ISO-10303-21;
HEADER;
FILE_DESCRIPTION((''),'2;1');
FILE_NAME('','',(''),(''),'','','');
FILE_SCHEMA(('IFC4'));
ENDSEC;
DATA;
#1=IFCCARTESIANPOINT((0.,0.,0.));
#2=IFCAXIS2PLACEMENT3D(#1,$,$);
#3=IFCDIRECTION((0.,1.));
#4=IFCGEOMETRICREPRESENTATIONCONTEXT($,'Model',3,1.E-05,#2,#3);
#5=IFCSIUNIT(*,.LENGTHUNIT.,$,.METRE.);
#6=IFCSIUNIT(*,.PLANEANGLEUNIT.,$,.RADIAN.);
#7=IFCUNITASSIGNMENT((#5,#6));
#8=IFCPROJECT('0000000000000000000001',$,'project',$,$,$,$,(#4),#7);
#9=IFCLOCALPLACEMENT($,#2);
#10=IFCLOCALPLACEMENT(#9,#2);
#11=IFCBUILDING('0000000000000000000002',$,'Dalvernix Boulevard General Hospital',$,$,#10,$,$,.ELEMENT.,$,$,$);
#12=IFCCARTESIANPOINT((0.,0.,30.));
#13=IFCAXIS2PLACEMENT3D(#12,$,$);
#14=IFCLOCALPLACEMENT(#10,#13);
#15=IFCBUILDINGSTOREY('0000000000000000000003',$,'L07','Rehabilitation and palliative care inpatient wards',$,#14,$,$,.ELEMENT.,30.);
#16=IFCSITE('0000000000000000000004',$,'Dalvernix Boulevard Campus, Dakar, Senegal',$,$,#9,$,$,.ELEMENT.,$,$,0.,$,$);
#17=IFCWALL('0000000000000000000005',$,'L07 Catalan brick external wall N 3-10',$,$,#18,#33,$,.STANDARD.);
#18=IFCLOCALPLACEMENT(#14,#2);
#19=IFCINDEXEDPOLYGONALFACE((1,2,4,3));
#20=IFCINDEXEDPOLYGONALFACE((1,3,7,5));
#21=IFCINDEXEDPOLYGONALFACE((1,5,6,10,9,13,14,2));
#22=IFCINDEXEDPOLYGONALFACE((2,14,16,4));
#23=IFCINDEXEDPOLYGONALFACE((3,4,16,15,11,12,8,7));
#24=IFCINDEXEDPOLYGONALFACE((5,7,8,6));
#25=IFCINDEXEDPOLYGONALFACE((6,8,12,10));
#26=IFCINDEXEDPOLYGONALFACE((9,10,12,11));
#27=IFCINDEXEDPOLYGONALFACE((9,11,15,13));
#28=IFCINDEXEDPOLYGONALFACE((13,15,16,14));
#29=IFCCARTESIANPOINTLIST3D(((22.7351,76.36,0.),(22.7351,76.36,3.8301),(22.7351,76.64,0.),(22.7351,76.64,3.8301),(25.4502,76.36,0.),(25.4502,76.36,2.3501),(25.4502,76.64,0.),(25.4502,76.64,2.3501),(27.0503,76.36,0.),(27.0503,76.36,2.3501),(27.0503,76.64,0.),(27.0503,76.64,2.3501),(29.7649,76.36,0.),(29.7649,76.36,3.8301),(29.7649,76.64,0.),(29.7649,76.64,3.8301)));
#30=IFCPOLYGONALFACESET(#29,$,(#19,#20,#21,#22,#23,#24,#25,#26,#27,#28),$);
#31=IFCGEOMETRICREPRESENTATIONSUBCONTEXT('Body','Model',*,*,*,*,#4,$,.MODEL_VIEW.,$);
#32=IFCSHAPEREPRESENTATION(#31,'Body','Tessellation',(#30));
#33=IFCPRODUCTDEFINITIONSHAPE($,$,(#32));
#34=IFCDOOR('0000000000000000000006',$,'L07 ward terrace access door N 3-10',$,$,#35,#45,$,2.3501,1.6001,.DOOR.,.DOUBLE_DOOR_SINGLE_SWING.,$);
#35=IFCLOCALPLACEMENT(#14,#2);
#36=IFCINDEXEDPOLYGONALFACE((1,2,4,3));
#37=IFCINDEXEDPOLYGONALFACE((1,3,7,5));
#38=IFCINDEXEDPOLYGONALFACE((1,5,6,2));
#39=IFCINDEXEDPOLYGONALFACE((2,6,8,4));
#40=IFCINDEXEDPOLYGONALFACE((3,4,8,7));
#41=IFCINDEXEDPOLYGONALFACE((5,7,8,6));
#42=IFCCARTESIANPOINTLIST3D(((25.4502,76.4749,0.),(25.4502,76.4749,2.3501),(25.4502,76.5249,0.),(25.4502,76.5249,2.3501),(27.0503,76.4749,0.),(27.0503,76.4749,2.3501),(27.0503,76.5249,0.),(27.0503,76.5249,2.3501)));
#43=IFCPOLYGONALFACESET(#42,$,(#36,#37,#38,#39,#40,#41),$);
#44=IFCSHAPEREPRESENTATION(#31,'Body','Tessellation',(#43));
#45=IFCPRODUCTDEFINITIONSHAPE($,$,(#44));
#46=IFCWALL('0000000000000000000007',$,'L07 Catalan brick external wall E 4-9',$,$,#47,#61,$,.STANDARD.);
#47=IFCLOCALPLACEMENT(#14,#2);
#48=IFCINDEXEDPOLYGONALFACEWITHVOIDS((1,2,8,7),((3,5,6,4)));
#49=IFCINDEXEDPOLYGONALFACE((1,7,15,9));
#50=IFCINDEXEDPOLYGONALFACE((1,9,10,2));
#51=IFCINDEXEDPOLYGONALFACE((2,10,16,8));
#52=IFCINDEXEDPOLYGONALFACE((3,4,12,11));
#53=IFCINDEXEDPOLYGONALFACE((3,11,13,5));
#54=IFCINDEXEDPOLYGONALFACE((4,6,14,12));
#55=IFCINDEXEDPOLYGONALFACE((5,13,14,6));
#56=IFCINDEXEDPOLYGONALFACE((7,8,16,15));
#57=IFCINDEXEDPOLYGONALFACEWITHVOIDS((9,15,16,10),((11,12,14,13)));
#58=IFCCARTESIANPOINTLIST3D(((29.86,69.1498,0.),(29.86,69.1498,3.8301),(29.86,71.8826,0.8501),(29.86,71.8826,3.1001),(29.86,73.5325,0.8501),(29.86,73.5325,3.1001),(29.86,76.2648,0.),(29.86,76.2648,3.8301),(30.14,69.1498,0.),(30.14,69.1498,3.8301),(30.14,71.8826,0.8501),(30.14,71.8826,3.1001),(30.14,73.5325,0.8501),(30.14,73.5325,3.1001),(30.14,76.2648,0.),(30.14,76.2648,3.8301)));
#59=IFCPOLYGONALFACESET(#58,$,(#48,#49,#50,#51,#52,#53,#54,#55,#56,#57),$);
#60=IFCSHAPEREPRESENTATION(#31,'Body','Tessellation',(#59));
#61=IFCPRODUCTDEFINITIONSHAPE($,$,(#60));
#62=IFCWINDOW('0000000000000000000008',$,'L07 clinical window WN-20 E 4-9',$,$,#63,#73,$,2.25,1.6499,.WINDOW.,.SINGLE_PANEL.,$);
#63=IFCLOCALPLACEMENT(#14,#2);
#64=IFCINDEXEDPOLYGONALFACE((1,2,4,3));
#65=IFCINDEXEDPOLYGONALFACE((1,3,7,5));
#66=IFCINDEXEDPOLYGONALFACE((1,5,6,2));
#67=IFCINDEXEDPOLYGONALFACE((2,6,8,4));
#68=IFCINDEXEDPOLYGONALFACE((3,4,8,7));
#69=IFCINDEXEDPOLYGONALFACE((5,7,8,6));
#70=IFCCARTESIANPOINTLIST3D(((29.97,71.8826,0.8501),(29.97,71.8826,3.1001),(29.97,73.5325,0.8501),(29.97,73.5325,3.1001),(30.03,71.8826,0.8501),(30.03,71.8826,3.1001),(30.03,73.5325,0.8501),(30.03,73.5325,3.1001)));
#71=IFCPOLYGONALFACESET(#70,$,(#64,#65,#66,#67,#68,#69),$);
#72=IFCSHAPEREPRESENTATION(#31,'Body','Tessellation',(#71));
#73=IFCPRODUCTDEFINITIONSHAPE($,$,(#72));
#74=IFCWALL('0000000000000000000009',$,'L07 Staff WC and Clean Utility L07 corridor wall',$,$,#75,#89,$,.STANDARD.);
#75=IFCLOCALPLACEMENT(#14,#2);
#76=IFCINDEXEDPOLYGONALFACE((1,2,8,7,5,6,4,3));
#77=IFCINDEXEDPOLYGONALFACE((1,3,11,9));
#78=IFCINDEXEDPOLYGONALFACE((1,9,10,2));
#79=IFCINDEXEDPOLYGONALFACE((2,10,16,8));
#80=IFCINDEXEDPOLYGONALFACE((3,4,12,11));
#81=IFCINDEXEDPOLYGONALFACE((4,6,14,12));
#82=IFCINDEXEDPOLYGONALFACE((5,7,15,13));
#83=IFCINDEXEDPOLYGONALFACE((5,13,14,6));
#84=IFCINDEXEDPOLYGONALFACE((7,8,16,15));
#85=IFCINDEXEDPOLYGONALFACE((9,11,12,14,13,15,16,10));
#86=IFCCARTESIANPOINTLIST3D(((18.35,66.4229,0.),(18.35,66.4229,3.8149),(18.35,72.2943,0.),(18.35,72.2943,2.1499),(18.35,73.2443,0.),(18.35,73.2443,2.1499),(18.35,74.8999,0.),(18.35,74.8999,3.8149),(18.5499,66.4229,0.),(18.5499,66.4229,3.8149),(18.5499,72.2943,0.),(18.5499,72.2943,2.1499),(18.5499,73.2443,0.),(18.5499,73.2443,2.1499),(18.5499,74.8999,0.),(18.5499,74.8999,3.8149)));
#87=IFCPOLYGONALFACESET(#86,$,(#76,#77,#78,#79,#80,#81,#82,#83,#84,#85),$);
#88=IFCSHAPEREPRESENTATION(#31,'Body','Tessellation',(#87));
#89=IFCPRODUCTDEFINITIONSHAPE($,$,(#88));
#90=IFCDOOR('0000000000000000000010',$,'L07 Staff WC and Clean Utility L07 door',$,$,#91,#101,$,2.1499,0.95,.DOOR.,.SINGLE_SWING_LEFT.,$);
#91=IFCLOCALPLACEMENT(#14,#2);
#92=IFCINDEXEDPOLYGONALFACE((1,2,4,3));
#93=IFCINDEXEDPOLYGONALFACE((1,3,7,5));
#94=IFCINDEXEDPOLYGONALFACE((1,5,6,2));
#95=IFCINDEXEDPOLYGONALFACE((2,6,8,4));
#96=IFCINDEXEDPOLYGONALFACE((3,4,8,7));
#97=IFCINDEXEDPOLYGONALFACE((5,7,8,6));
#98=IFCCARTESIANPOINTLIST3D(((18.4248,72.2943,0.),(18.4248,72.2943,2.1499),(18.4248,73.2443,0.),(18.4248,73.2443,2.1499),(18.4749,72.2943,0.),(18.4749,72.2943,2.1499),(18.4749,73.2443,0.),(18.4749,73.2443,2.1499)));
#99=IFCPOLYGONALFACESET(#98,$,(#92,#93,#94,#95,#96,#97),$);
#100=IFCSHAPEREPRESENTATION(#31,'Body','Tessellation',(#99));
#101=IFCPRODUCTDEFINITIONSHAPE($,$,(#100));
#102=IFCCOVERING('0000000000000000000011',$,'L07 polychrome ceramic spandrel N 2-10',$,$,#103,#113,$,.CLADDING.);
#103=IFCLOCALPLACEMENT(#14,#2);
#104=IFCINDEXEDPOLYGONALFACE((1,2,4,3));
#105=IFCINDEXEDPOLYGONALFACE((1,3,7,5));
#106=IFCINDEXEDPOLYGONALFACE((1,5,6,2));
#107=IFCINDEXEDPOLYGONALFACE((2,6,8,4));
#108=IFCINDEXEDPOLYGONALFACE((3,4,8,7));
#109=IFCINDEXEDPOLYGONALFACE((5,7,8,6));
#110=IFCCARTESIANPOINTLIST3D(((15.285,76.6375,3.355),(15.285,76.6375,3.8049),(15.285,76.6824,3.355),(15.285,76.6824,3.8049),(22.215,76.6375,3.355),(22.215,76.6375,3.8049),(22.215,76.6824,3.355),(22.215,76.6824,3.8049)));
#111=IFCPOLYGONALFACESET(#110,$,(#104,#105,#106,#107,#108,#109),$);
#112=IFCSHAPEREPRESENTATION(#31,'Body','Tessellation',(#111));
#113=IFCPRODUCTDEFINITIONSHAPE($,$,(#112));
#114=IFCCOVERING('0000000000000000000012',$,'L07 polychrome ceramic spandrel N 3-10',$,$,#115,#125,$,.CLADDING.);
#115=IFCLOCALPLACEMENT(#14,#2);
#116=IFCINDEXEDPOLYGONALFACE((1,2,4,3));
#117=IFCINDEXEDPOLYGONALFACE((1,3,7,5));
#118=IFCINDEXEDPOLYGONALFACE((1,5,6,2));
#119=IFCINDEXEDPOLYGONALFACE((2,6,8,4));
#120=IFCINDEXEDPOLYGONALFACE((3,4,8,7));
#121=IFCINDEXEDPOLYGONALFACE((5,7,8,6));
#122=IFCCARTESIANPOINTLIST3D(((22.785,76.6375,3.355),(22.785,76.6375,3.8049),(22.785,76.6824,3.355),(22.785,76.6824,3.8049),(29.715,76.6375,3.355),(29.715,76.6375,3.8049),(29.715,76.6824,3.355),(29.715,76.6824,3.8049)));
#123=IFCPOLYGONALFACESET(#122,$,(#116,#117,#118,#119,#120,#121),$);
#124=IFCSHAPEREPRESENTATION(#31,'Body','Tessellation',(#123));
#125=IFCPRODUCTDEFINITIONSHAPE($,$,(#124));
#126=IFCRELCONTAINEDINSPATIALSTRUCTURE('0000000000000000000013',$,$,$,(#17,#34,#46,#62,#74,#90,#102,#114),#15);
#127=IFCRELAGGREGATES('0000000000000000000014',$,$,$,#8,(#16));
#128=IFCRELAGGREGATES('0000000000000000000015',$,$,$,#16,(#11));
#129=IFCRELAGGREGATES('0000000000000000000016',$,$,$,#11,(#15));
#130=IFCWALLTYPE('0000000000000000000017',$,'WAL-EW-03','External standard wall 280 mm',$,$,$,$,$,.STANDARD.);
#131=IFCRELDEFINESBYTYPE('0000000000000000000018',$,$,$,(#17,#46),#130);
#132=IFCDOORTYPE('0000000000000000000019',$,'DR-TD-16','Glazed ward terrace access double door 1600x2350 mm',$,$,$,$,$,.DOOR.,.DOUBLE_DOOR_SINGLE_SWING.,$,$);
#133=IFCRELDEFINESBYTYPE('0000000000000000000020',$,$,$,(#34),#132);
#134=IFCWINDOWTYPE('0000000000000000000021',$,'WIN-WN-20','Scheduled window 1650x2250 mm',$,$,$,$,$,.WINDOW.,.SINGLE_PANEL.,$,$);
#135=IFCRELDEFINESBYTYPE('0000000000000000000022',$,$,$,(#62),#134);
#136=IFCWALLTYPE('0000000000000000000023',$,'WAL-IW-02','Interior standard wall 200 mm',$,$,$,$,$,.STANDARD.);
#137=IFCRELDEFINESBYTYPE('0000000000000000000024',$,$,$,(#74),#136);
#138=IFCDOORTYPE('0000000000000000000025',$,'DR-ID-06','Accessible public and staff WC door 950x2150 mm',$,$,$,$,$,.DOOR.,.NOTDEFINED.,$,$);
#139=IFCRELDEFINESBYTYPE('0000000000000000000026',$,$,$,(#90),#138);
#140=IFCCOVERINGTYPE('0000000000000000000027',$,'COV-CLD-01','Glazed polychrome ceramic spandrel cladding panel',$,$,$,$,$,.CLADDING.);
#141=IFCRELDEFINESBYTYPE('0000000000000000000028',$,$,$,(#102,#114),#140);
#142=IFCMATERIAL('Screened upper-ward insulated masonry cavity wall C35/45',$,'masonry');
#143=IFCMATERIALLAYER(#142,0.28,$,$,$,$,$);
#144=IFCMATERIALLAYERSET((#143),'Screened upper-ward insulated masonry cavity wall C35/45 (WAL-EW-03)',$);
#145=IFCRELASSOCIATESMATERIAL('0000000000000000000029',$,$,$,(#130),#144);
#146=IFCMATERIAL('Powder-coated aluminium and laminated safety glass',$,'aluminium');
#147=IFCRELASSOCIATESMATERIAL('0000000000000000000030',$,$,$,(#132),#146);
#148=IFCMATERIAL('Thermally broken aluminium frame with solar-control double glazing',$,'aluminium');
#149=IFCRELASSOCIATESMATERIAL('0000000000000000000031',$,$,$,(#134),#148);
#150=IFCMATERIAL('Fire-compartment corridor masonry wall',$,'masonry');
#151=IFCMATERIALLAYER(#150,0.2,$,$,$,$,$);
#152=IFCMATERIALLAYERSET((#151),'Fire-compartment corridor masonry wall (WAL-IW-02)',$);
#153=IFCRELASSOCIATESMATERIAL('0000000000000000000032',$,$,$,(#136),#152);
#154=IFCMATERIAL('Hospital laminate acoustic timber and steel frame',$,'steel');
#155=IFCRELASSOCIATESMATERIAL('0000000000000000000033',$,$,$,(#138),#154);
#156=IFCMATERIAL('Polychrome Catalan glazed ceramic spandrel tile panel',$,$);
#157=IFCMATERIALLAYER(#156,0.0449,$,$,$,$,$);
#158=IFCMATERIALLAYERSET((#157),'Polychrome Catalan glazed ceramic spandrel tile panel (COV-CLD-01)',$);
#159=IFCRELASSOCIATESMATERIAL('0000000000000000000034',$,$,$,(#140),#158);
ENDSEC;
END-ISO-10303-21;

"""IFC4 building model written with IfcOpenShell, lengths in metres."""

from ifc_helpers import new_model, si_unit, direction, frame, frame_2d, origin, origin_2d, place, context, subcontext, project, spatial, rectangle, extrude, material, layer, layer_set, type_object, element, fill, save


model = new_model("IFC4")

# Units and contexts
model_context = context("Model", 3, precision=1e-05, world=origin(), true_north=direction((0.0, 1.0)))
body_context = subcontext(model_context, "Body", "Model", "MODEL_VIEW")
ifc_project = project(units=[si_unit("LENGTHUNIT", "METRE"), si_unit("PLANEANGLEUNIT", "RADIAN")], contexts=[model_context])

# Site, building, storey
site_placement = place(None, origin())
site = spatial("IfcSite", under=ifc_project, at=site_placement, Name="Dalvernix Boulevard Campus, Dakar, Senegal", CompositionType="ELEMENT", RefElevation=0.0)
building_placement = place(site_placement, origin())
building = spatial("IfcBuilding", under=site, at=building_placement, Name="Dalvernix Boulevard General Hospital", CompositionType="ELEMENT")
storey_placement = place(building_placement, frame((0.0, 0.0, 30.0)))
storey = spatial("IfcBuildingStorey", under=building, at=storey_placement, Name="L07", Description="Rehabilitation and palliative care inpatient wards", CompositionType="ELEMENT", Elevation=30.0)

# Wall, opening, door
ifc_material_1 = material(Name="Screened upper-ward insulated masonry cavity wall C35/45", Category="masonry")
ifc_layer_1 = layer(ifc_material_1, 0.28)
ifc_layer_set_1 = layer_set([ifc_layer_1], Name="Screened upper-ward insulated masonry cavity wall C35/45 (WAL-EW-03)")
wall_type_1 = type_object("IfcWallType", Name="WAL-EW-03", Description="External standard wall 280 mm", PredefinedType="STANDARD", material=ifc_layer_set_1)
ifc_material_2 = material(Name="Powder-coated aluminium and laminated safety glass", Category="aluminium")
wall_1_placement = place(storey_placement, frame((22.7351, 76.5, 0.0), z_axis=(0.0, 0.0, 1.0), x_axis=(1.0, 0.0, 0.0)))
wall_1 = element("IfcWall", 1, at=wall_1_placement, inside=storey, type_object=wall_type_1, Name="L07 Catalan brick external wall N 3-10", PredefinedType="STANDARD", context=body_context, shape_type="SweptSolid", body=[
    extrude(rectangle(XDim=7.0298, YDim=0.28, at=frame_2d((3.5149, 0.0))), origin(), (0.0, 0.0, 1.0), 3.8301),
])
opening_1_placement = place(wall_1_placement, frame((2.7151, 0.0, 0.0)))
opening_1 = element("IfcOpeningElement", 2, at=opening_1_placement, cuts=wall_1, PredefinedType="OPENING", context=body_context, shape_type="SweptSolid", body=[
    extrude(rectangle(XDim=1.6001, YDim=2.3501, at=frame_2d((0.8, 1.175))), frame((0.0, 0.1499, 0.0), z_axis=(0.0, -1.0, 0.0), x_axis=(1.0, 0.0, 0.0)), (0.0, 0.0, 1.0), 0.3),
])
door_type_1 = type_object("IfcDoorType", Name="DR-TD-16", Description="Glazed ward terrace access double door 1600x2350 mm", OperationType="DOUBLE_DOOR_SINGLE_SWING", PredefinedType="DOOR", material=ifc_material_2)
door_1_placement = place(opening_1_placement, origin())
door_1 = element("IfcDoor", 3, at=door_1_placement, inside=storey, type_object=door_type_1, Name="L07 ward terrace access door N 3-10", OperationType="DOUBLE_DOOR_SINGLE_SWING", OverallHeight=2.3501, OverallWidth=1.6001, PredefinedType="DOOR", context=body_context, shape_type="SweptSolid", body=[
    extrude(rectangle(XDim=1.6001, YDim=2.3501, at=frame_2d((0.8, 1.175))), frame((0.0, 0.0249, 0.0), z_axis=(0.0, -1.0, 0.0), x_axis=(1.0, 0.0, 0.0)), (0.0, 0.0, 1.0), 0.05),
])
fill(opening_1, door_1)

# Wall, opening, window
wall_2_placement = place(storey_placement, frame((30.0, 76.2649, 0.0), z_axis=(0.0, 0.0, 1.0), x_axis=(0.0, -1.0, 0.0)))
wall_2 = element("IfcWall", 4, at=wall_2_placement, inside=storey, type_object=wall_type_1, Name="L07 Catalan brick external wall E 4-9", PredefinedType="STANDARD", context=body_context, shape_type="SweptSolid", body=[
    extrude(rectangle(XDim=7.115, YDim=0.28, at=frame_2d((3.5576, 0.0))), origin(), (0.0, 0.0, 1.0), 3.8301),
])
opening_2_placement = place(wall_2_placement, frame((2.7324, 0.0, 0.8501)))
opening_2 = element("IfcOpeningElement", 5, at=opening_2_placement, cuts=wall_2, PredefinedType="OPENING", context=body_context, shape_type="SweptSolid", body=[
    extrude(rectangle(XDim=1.6499, YDim=2.25, at=frame_2d((0.825, 1.125))), frame((0.0, 0.1499, 0.0), z_axis=(0.0, -1.0, 0.0), x_axis=(1.0, 0.0, 0.0)), (0.0, 0.0, 1.0), 0.3),
])
ifc_material_3 = material(Name="Thermally broken aluminium frame with solar-control double glazing", Category="aluminium")
window_type = type_object("IfcWindowType", Name="WIN-WN-20", Description="Scheduled window 1650x2250 mm", PartitioningType="SINGLE_PANEL", PredefinedType="WINDOW", material=ifc_material_3)
window_placement = place(opening_2_placement, origin())
window = element("IfcWindow", 6, at=window_placement, inside=storey, type_object=window_type, Name="L07 clinical window WN-20 E 4-9", OverallHeight=2.25, OverallWidth=1.6499, PartitioningType="SINGLE_PANEL", PredefinedType="WINDOW", context=body_context, shape_type="SweptSolid", body=[
    extrude(rectangle(XDim=1.6499, YDim=2.25, at=frame_2d((0.825, 1.125))), frame((0.0, 0.03, 0.0), z_axis=(0.0, -1.0, 0.0), x_axis=(1.0, 0.0, 0.0)), (0.0, 0.0, 1.0), 0.0601),
])
fill(opening_2, window)

# Wall, opening, door
ifc_material_4 = material(Name="Fire-compartment corridor masonry wall", Category="masonry")
ifc_layer_2 = layer(ifc_material_4, 0.2)
ifc_layer_set_2 = layer_set([ifc_layer_2], Name="Fire-compartment corridor masonry wall (WAL-IW-02)")
wall_type_2 = type_object("IfcWallType", Name="WAL-IW-02", Description="Interior standard wall 200 mm", PredefinedType="STANDARD", material=ifc_layer_set_2)
wall_3_placement = place(storey_placement, frame((18.45, 74.8999, 0.0), z_axis=(0.0, 0.0, 1.0), x_axis=(0.0, -1.0, 0.0)))
wall_3 = element("IfcWall", 7, at=wall_3_placement, inside=storey, type_object=wall_type_2, Name="L07 Staff WC and Clean Utility L07 corridor wall", PredefinedType="STANDARD", context=body_context, shape_type="SweptSolid", body=[
    extrude(rectangle(XDim=8.4771, YDim=0.2, at=frame_2d((4.2385, 0.0))), origin(), (0.0, 0.0, 1.0), 3.8149),
])
opening_3_placement = place(wall_3_placement, frame((1.6555, 0.0, 0.0)))
opening_3 = element("IfcOpeningElement", 8, at=opening_3_placement, cuts=wall_3, PredefinedType="OPENING", context=body_context, shape_type="SweptSolid", body=[
    extrude(rectangle(XDim=0.95, YDim=2.1499, at=frame_2d((0.4751, 1.075))), frame((0.0, 0.1099, 0.0), z_axis=(0.0, -1.0, 0.0), x_axis=(1.0, 0.0, 0.0)), (0.0, 0.0, 1.0), 0.22),
])
ifc_material_5 = material(Name="Hospital laminate acoustic timber and steel frame", Category="steel")
door_type_2 = type_object("IfcDoorType", Name="DR-ID-06", Description="Accessible public and staff WC door 950x2150 mm", OperationType="NOTDEFINED", PredefinedType="DOOR", material=ifc_material_5)
door_2_placement = place(opening_3_placement, origin())
door_2 = element("IfcDoor", 9, at=door_2_placement, inside=storey, type_object=door_type_2, Name="L07 Staff WC and Clean Utility L07 door", OperationType="SINGLE_SWING_LEFT", OverallHeight=2.1499, OverallWidth=0.95, PredefinedType="DOOR", context=body_context, shape_type="SweptSolid", body=[
    extrude(rectangle(XDim=0.95, YDim=2.1499, at=frame_2d((0.4751, 1.075))), frame((0.0, 0.0249, 0.0), z_axis=(0.0, -1.0, 0.0), x_axis=(1.0, 0.0, 0.0)), (0.0, 0.0, 1.0), 0.05),
])
fill(opening_3, door_2)

# Coverings
ifc_material_6 = material(Name="Polychrome Catalan glazed ceramic spandrel tile panel")
ifc_layer_3 = layer(ifc_material_6, 0.0449)
ifc_layer_set_3 = layer_set([ifc_layer_3], Name="Polychrome Catalan glazed ceramic spandrel tile panel (COV-CLD-01)")
covering_type = type_object("IfcCoveringType", Name="COV-CLD-01", Description="Glazed polychrome ceramic spandrel cladding panel", PredefinedType="CLADDING", material=ifc_layer_set_3)
for number, where, z_axis, x_axis, name in (
    (10, (18.75, 76.6599, 3.355), (0.0, 0.0, 1.0), (1.0, 0.0, 0.0), "L07 polychrome ceramic spandrel N 2-10"),
    (11, (26.25, 76.6599, 3.355), (0.0, 0.0, 1.0), (1.0, 0.0, 0.0), "L07 polychrome ceramic spandrel N 3-10"),
):
    element("IfcCovering", number, at=place(storey_placement, frame(where, z_axis=z_axis, x_axis=x_axis)), inside=storey, type_object=covering_type, Name=name, PredefinedType="CLADDING", context=body_context, shape_type="SweptSolid", body=[
        extrude(rectangle(XDim=6.9299, YDim=0.0449, at=origin_2d()), origin(), (0.0, 0.0, 1.0), 0.45),
    ])

save(model, "model.ifc")
